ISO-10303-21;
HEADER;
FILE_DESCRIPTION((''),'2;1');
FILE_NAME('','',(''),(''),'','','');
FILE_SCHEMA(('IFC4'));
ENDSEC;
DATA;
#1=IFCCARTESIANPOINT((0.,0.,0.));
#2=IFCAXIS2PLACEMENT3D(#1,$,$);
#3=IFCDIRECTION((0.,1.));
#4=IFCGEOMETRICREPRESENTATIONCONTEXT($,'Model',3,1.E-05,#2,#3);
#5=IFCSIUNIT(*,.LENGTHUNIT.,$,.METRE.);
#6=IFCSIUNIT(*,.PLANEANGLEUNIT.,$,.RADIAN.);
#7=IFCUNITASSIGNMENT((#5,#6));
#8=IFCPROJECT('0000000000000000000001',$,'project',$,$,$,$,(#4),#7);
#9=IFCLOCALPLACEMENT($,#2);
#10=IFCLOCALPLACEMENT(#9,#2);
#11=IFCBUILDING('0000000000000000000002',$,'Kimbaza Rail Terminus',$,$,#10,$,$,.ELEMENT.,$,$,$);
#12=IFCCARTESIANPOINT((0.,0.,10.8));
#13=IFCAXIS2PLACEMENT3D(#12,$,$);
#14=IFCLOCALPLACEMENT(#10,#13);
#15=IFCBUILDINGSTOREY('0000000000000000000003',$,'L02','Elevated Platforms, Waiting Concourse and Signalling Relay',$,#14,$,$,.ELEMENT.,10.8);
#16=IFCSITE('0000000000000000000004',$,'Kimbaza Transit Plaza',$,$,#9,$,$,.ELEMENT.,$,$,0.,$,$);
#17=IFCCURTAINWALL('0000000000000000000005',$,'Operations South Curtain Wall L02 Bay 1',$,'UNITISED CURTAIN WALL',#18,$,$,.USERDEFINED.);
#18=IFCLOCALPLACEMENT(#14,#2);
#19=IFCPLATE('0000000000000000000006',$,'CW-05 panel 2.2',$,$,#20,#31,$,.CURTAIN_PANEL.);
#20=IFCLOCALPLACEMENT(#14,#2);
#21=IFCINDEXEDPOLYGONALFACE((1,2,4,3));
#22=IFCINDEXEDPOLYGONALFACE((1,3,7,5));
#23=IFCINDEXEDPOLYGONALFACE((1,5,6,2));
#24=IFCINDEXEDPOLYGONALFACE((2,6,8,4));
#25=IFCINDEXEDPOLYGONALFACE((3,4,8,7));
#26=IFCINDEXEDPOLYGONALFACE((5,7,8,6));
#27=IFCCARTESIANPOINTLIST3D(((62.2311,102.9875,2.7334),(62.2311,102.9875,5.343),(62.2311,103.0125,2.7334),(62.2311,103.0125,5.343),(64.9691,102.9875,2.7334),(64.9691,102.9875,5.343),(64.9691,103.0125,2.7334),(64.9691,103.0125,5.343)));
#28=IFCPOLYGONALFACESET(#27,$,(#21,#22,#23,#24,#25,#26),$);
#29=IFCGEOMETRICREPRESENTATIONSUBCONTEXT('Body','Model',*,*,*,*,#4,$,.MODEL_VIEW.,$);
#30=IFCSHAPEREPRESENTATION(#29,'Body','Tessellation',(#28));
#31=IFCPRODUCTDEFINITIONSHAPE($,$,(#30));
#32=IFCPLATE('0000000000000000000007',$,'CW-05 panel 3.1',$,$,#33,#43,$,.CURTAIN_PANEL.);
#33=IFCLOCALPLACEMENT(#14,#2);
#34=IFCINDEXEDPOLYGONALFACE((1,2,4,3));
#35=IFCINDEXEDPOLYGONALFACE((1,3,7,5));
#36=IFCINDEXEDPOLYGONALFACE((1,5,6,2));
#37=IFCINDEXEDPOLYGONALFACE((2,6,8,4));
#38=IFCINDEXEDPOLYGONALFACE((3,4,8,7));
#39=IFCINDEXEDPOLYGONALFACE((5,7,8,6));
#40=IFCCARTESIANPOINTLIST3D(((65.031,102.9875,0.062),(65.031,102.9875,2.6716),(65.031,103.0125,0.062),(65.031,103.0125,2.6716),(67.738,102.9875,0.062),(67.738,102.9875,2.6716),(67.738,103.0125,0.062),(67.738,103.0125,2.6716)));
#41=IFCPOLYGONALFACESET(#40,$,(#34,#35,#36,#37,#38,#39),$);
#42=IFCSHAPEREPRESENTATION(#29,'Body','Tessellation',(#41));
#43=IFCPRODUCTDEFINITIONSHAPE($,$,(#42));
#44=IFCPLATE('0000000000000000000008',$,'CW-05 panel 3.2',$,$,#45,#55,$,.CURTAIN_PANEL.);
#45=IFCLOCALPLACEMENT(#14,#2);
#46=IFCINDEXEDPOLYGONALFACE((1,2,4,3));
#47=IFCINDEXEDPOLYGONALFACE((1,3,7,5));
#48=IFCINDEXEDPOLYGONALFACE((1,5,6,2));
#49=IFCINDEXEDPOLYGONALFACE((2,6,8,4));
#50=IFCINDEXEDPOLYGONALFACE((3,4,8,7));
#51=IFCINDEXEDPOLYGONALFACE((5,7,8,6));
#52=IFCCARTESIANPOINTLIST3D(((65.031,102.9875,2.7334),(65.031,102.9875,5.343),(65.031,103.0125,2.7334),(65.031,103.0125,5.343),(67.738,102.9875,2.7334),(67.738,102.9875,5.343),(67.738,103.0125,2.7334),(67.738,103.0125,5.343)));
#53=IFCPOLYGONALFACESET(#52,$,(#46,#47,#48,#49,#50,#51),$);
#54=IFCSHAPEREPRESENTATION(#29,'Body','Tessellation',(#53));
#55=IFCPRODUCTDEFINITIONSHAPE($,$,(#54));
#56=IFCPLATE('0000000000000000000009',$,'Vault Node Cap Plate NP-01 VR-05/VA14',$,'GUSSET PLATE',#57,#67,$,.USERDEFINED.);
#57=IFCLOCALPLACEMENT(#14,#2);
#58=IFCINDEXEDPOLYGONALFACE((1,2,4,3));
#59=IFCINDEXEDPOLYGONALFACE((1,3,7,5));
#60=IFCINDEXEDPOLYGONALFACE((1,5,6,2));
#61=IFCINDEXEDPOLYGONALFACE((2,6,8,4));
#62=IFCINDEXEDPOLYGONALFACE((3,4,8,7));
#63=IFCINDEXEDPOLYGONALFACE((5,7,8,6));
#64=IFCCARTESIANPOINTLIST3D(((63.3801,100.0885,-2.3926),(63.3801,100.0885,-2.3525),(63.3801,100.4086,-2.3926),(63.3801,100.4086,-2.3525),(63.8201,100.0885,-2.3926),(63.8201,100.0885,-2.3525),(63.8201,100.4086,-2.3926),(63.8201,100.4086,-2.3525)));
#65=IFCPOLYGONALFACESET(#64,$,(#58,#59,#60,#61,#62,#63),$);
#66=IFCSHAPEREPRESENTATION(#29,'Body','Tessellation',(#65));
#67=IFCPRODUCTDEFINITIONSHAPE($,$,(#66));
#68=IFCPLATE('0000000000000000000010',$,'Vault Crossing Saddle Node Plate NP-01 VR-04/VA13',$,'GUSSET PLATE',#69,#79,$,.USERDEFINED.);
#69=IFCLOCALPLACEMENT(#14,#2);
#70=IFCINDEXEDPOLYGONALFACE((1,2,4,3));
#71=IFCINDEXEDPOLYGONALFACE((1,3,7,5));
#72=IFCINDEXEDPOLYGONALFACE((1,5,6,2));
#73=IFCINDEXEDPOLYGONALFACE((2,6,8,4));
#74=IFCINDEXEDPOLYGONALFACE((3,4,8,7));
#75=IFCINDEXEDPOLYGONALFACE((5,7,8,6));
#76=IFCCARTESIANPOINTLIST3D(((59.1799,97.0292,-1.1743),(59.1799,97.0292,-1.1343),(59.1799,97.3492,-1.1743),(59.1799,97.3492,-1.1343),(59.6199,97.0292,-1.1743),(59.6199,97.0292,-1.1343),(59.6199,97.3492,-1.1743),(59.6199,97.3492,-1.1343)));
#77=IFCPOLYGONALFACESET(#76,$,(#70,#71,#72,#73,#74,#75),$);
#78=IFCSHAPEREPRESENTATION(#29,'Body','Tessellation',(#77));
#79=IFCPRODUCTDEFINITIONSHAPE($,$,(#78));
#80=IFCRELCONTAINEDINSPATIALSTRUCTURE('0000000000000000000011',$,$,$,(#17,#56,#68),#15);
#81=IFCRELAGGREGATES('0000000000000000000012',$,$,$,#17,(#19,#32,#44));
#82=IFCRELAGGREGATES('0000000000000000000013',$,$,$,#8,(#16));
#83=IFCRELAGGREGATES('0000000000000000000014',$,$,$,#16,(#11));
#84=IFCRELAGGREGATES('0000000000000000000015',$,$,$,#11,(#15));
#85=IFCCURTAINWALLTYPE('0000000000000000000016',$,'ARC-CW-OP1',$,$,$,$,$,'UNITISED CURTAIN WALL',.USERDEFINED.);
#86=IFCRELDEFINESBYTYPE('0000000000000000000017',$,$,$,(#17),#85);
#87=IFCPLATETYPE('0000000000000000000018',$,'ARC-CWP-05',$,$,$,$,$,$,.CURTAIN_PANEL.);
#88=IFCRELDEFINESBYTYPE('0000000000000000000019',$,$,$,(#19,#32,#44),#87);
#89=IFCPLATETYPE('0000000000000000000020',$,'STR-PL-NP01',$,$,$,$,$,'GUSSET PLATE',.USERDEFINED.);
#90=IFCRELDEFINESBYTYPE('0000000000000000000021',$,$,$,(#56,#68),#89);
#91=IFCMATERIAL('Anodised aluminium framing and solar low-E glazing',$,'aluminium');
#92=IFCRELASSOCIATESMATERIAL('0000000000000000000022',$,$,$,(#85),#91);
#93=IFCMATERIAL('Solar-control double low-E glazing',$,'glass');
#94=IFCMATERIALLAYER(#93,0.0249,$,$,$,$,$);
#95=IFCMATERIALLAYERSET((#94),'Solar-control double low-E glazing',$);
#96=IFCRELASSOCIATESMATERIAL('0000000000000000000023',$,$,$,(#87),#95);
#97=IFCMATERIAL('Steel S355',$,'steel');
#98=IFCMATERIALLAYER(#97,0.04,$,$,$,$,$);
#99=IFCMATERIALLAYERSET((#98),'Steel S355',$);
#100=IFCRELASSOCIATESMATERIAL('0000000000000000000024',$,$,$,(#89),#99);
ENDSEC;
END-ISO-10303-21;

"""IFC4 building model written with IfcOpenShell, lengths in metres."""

from ifc_helpers import new_model, si_unit, direction, frame, origin, origin_2d, place, context, subcontext, project, spatial, rectangle, extrude, material, layer, layer_set, type_object, element, aggregate, save


model = new_model("IFC4")

# Units and contexts
model_context = context("Model", 3, precision=1e-05, world=origin(), true_north=direction((0.0, 1.0)))
body_context = subcontext(model_context, "Body", "Model", "MODEL_VIEW")
ifc_project = project(units=[si_unit("LENGTHUNIT", "METRE"), si_unit("PLANEANGLEUNIT", "RADIAN")], contexts=[model_context])

# Site, building, storey
site_placement = place(None, origin())
site = spatial("IfcSite", under=ifc_project, at=site_placement, Name="Kimbaza Transit Plaza", CompositionType="ELEMENT", RefElevation=0.0)
building_placement = place(site_placement, origin())
building = spatial("IfcBuilding", under=site, at=building_placement, Name="Kimbaza Rail Terminus", CompositionType="ELEMENT")
storey_placement = place(building_placement, frame((0.0, 0.0, 10.8)))
storey = spatial("IfcBuildingStorey", under=building, at=storey_placement, Name="L02", Description="Elevated Platforms, Waiting Concourse and Signalling Relay", CompositionType="ELEMENT", Elevation=10.8)

# Curtain wall
ifc_material_1 = material(Name="Anodised aluminium framing and solar low-E glazing", Category="aluminium")
curtain_wall_type = type_object("IfcCurtainWallType", Name="ARC-CW-OP1", ElementType="UNITISED CURTAIN WALL", PredefinedType="USERDEFINED", material=ifc_material_1)
curtain_wall_placement = place(storey_placement, origin())
curtain_wall = element("IfcCurtainWall", 1, at=curtain_wall_placement, inside=storey, type_object=curtain_wall_type, Name="Operations South Curtain Wall L02 Bay 1", ObjectType="UNITISED CURTAIN WALL", PredefinedType="USERDEFINED")

# Plates
ifc_material_2 = material(Name="Solar-control double low-E glazing", Category="glass")
ifc_layer_1 = layer(ifc_material_2, 0.0249)
ifc_layer_set_1 = layer_set([ifc_layer_1], Name="Solar-control double low-E glazing")
plate_type_1 = type_object("IfcPlateType", Name="ARC-CWP-05", PredefinedType="CURTAIN_PANEL", material=ifc_layer_set_1)
plate_1_placement = place(storey_placement, frame((63.6001, 103.0, 2.7334), z_axis=(0.0, 0.0, 1.0), x_axis=(1.0, 0.0, 0.0)))
plate_1 = element("IfcPlate", 2, at=plate_1_placement, type_object=plate_type_1, Name="CW-05 panel 2.2", PredefinedType="CURTAIN_PANEL", context=body_context, shape_type="SweptSolid", body=[
    extrude(rectangle(XDim=2.738, YDim=0.0249, at=origin_2d()), origin(), (0.0, 0.0, 1.0), 2.6096),
])
plate_2_placement = place(storey_placement, frame((66.3845, 103.0, 0.062), z_axis=(0.0, 0.0, 1.0), x_axis=(1.0, 0.0, 0.0)))
plate_2 = element("IfcPlate", 3, at=plate_2_placement, type_object=plate_type_1, Name="CW-05 panel 3.1", PredefinedType="CURTAIN_PANEL", context=body_context, shape_type="SweptSolid", body=[
    extrude(rectangle(XDim=2.707, YDim=0.0249, at=origin_2d()), origin(), (0.0, 0.0, 1.0), 2.6096),
])
plate_3_placement = place(storey_placement, frame((66.3845, 103.0, 2.7334), z_axis=(0.0, 0.0, 1.0), x_axis=(1.0, 0.0, 0.0)))
plate_3 = element("IfcPlate", 4, at=plate_3_placement, type_object=plate_type_1, Name="CW-05 panel 3.2", PredefinedType="CURTAIN_PANEL", context=body_context, shape_type="SweptSolid", body=[
    extrude(rectangle(XDim=2.707, YDim=0.0249, at=origin_2d()), origin(), (0.0, 0.0, 1.0), 2.6096),
])
aggregate(curtain_wall, [plate_1, plate_2, plate_3])

# Plates
ifc_material_3 = material(Name="Steel S355", Category="steel")
ifc_layer_2 = layer(ifc_material_3, 0.04)
ifc_layer_set_2 = layer_set([ifc_layer_2], Name="Steel S355")
plate_type_2 = type_object("IfcPlateType", Name="STR-PL-NP01", ElementType="GUSSET PLATE", PredefinedType="USERDEFINED", material=ifc_layer_set_2)
for number, where, z_axis, x_axis, name in (
    (5, (63.6001, 100.2485, -2.3926), (0.0, 0.0, 1.0), (1.0, 0.0, 0.0), "Vault Node Cap Plate NP-01 VR-05/VA14"),
    (6, (59.3999, 97.1892, -1.1743), (0.0, 0.0, 1.0), (1.0, 0.0, 0.0), "Vault Crossing Saddle Node Plate NP-01 VR-04/VA13"),
):
    element("IfcPlate", number, at=place(storey_placement, frame(where, z_axis=z_axis, x_axis=x_axis)), inside=storey, type_object=plate_type_2, Name=name, ObjectType="GUSSET PLATE", PredefinedType="USERDEFINED", context=body_context, shape_type="SweptSolid", body=[
        extrude(rectangle(XDim=0.4399, YDim=0.3201, at=origin_2d()), origin(), (0.0, 0.0, 1.0), 0.04),
    ])

save(model, "model.ifc")
